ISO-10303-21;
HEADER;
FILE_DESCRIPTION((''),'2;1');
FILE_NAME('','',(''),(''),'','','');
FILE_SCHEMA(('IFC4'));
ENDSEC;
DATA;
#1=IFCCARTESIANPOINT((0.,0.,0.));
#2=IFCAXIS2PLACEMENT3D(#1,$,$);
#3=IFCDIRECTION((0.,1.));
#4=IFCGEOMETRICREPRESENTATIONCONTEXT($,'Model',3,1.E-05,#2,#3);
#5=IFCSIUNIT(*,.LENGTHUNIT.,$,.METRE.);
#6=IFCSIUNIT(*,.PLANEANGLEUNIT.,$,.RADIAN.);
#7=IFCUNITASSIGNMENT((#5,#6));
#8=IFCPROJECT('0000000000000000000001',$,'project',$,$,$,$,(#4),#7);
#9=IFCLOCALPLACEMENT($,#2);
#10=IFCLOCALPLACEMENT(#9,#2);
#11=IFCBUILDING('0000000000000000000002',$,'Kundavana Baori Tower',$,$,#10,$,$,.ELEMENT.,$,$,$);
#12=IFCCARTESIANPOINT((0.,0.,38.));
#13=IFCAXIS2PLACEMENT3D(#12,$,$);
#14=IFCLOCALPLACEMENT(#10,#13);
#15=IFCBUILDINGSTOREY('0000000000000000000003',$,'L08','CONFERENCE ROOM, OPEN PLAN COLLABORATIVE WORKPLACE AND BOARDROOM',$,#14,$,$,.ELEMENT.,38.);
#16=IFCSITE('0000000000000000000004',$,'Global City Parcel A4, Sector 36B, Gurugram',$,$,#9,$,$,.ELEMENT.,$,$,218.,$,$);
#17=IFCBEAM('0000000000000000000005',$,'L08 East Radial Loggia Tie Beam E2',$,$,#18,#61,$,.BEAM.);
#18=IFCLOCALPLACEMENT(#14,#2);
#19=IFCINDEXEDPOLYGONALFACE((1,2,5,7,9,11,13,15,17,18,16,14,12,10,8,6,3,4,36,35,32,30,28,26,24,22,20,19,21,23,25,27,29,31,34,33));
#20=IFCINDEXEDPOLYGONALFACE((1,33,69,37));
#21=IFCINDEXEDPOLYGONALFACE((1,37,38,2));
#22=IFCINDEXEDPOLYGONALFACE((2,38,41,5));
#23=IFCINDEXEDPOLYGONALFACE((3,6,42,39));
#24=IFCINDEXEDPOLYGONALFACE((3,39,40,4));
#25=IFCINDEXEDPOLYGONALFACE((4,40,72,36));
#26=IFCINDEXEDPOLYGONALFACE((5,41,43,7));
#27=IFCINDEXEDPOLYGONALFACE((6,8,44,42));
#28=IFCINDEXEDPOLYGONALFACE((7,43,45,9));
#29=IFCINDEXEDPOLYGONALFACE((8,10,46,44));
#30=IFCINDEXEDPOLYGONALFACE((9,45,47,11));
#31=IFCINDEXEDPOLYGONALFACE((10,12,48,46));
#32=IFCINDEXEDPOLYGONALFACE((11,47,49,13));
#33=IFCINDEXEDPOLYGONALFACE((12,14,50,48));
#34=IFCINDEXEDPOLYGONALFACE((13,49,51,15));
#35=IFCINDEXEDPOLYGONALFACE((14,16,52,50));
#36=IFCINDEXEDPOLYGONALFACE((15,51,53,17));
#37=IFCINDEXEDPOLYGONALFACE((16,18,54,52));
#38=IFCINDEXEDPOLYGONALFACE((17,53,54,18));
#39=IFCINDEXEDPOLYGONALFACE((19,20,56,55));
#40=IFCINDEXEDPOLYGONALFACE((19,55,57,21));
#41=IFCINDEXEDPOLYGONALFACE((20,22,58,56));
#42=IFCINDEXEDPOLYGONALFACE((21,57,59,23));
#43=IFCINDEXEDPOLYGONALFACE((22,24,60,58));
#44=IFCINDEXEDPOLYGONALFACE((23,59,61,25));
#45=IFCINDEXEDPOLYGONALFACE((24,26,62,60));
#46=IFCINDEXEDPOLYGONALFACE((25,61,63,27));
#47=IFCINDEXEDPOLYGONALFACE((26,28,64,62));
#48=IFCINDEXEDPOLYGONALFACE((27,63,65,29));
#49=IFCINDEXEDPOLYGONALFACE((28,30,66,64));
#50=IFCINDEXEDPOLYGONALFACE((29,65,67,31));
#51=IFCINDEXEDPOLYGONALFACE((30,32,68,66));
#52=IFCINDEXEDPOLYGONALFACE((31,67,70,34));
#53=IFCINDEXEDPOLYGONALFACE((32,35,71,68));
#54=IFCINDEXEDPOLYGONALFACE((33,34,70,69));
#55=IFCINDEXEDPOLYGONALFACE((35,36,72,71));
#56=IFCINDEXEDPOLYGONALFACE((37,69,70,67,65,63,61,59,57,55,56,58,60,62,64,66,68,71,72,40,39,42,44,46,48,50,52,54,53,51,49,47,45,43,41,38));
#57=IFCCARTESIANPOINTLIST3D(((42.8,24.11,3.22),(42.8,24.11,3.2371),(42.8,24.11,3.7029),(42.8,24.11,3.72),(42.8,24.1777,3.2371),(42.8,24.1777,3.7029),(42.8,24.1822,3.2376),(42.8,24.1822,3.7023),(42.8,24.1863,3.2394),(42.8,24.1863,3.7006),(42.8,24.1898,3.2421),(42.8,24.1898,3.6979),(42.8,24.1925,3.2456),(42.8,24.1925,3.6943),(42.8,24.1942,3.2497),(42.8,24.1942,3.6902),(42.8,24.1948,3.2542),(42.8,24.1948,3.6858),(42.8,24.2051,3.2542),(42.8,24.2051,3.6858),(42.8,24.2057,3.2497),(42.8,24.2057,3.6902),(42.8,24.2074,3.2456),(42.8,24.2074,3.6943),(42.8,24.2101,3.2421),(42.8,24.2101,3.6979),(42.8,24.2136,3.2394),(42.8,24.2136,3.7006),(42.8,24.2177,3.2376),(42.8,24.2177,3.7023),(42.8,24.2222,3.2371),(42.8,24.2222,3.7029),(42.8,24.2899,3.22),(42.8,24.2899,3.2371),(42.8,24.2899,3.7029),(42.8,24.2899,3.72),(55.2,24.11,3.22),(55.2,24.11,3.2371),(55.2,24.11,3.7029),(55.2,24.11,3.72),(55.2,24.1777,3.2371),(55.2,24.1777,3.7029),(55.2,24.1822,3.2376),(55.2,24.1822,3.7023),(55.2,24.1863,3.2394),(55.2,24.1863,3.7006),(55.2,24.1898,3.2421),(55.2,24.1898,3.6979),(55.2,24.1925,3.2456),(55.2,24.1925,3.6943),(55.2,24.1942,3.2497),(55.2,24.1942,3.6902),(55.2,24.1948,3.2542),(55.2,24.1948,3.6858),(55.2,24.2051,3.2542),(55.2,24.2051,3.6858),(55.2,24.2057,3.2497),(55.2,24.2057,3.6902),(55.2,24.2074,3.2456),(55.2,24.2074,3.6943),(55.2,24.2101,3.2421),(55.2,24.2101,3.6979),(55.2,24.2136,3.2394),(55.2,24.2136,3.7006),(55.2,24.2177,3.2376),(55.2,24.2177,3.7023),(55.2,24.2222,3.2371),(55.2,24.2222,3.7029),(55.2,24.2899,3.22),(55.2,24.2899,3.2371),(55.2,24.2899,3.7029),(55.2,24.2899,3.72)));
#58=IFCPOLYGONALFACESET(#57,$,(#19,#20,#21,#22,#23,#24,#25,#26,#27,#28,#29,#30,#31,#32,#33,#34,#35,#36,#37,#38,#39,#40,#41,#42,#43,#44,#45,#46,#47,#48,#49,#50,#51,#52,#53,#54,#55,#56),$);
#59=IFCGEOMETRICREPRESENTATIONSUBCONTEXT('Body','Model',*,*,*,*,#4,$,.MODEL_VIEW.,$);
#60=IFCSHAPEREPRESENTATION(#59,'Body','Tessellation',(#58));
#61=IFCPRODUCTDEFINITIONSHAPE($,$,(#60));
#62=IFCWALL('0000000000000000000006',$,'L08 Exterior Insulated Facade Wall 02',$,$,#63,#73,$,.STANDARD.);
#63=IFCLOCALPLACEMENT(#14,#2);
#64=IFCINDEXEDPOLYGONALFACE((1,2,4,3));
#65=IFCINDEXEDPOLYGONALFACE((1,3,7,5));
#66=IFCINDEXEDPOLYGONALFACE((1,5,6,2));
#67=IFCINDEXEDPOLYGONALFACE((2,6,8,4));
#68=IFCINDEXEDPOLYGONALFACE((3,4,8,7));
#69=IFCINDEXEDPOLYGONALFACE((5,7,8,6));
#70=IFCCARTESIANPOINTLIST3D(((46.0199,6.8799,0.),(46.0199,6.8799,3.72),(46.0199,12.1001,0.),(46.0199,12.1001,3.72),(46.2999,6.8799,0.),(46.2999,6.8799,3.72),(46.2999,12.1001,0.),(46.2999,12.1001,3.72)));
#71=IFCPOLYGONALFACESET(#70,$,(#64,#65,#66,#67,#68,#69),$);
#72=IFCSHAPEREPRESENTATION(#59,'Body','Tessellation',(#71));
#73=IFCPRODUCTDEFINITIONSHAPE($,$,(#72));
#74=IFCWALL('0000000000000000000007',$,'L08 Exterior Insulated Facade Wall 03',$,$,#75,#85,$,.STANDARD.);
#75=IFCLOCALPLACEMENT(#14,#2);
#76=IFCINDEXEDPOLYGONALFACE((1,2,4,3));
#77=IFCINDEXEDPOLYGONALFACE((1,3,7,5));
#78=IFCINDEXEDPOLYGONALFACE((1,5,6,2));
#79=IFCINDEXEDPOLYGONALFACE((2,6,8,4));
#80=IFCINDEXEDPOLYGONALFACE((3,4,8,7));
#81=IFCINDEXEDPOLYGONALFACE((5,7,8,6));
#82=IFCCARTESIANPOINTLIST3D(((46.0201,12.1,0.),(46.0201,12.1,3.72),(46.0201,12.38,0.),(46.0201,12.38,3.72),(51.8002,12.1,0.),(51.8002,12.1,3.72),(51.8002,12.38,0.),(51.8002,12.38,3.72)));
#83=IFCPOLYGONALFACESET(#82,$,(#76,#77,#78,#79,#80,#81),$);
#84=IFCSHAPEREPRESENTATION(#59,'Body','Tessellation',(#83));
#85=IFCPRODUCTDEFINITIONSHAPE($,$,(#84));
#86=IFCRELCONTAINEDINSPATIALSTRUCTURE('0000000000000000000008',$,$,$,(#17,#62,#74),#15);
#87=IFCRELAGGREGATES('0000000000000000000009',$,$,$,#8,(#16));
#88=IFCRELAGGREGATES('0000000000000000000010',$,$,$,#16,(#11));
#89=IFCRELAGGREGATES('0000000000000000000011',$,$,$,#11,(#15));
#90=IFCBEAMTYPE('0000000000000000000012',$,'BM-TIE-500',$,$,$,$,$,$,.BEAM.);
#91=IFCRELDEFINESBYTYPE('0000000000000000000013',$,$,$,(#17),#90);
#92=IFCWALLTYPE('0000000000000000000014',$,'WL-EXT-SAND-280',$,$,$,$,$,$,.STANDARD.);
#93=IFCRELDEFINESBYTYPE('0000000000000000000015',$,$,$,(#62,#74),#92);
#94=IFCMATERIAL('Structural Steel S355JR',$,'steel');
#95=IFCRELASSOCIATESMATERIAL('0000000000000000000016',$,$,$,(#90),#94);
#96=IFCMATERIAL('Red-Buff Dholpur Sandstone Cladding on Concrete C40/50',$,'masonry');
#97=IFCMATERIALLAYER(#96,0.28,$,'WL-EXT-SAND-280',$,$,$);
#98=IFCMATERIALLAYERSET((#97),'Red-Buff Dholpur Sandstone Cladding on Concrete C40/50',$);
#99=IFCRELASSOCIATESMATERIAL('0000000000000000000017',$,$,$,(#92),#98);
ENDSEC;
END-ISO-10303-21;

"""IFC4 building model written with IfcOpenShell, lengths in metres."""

from ifc_helpers import new_model, si_unit, direction, frame, frame_2d, origin, origin_2d, place, context, subcontext, project, spatial, rectangle, i_section, extrude, material, layer, layer_set, material_profile, profile_set, type_object, element, save


model = new_model("IFC4")

# Units and contexts
model_context = context("Model", 3, precision=1e-05, world=origin(), true_north=direction((0.0, 1.0)))
body_context = subcontext(model_context, "Body", "Model", "MODEL_VIEW")
ifc_project = project(units=[si_unit("LENGTHUNIT", "METRE"), si_unit("PLANEANGLEUNIT", "RADIAN")], contexts=[model_context])

# Site, building, storey
site_placement = place(None, origin())
site = spatial("IfcSite", under=ifc_project, at=site_placement, Name="Global City Parcel A4, Sector 36B, Gurugram", CompositionType="ELEMENT", RefElevation=218.0)
building_placement = place(site_placement, origin())
building = spatial("IfcBuilding", under=site, at=building_placement, Name="Kundavana Baori Tower", CompositionType="ELEMENT")
storey_placement = place(building_placement, frame((0.0, 0.0, 38.0)))
storey = spatial("IfcBuildingStorey", under=building, at=storey_placement, Name="L08", Description="CONFERENCE ROOM, OPEN PLAN COLLABORATIVE WORKPLACE AND BOARDROOM", CompositionType="ELEMENT", Elevation=38.0)

# Beam
ifc_material_1 = material(Name="Structural Steel S355JR", Category="steel")
ifc_material_profile_1 = material_profile(ifc_material_1, i_section(OverallWidth=0.1799, OverallDepth=0.5, WebThickness=0.0103, FlangeThickness=0.0171, FilletRadius=0.0171, at=origin_2d()), Name="ISMB 500")
ifc_profile_set_1 = profile_set([ifc_material_profile_1], Name="Structural Steel S355JR")
beam_type_1 = type_object("IfcBeamType", Name="BM-TIE-500", PredefinedType="BEAM", material=ifc_profile_set_1)
for number, where, z_axis, x_axis, name in (
    (1, (42.8, 24.2, 3.47), (1.0, 0.0, 0.0), (0.0, 1.0, 0.0), "L08 East Radial Loggia Tie Beam E2"),
):
    element("IfcBeam", number, at=place(storey_placement, frame(where, z_axis=z_axis, x_axis=x_axis)), inside=storey, type_object=beam_type_1, Name=name, PredefinedType="BEAM", context=body_context, shape_type="SweptSolid", body=[
        extrude(i_section(OverallWidth=0.1799, OverallDepth=0.5, WebThickness=0.0103, FlangeThickness=0.0171, FilletRadius=0.0171, at=origin_2d()), origin(), (0.0, 0.0, 1.0), 12.3999),
    ])

# Walls
ifc_material_2 = material(Name="Red-Buff Dholpur Sandstone Cladding on Concrete C40/50", Category="masonry")
ifc_layer_1 = layer(ifc_material_2, 0.28, Name="WL-EXT-SAND-280")
ifc_layer_set_1 = layer_set([ifc_layer_1], Name="Red-Buff Dholpur Sandstone Cladding on Concrete C40/50")
wall_type_1 = type_object("IfcWallType", Name="WL-EXT-SAND-280", PredefinedType="STANDARD", material=ifc_layer_set_1)
wall_1_placement = place(storey_placement, frame((46.1599, 6.8799, 0.0), z_axis=(0.0, 0.0, 1.0), x_axis=(0.0, 1.0, 0.0)))
element("IfcWall", 2, at=wall_1_placement, inside=storey, type_object=wall_type_1, Name="L08 Exterior Insulated Facade Wall 02", PredefinedType="STANDARD", context=body_context, shape_type="SweptSolid", body=[
    extrude(rectangle(XDim=5.2202, YDim=0.28, at=frame_2d((2.6101, 0.0))), origin(), (0.0, 0.0, 1.0), 3.72),
])
wall_2_placement = place(storey_placement, frame((46.02, 12.24, 0.0), z_axis=(0.0, 0.0, 1.0), x_axis=(1.0, 0.0, 0.0)))
element("IfcWall", 3, at=wall_2_placement, inside=storey, type_object=wall_type_1, Name="L08 Exterior Insulated Facade Wall 03", PredefinedType="STANDARD", context=body_context, shape_type="SweptSolid", body=[
    extrude(rectangle(XDim=5.78, YDim=0.28, at=frame_2d((2.8901, 0.0))), origin(), (0.0, 0.0, 1.0), 3.72),
])

save(model, "model.ifc")
